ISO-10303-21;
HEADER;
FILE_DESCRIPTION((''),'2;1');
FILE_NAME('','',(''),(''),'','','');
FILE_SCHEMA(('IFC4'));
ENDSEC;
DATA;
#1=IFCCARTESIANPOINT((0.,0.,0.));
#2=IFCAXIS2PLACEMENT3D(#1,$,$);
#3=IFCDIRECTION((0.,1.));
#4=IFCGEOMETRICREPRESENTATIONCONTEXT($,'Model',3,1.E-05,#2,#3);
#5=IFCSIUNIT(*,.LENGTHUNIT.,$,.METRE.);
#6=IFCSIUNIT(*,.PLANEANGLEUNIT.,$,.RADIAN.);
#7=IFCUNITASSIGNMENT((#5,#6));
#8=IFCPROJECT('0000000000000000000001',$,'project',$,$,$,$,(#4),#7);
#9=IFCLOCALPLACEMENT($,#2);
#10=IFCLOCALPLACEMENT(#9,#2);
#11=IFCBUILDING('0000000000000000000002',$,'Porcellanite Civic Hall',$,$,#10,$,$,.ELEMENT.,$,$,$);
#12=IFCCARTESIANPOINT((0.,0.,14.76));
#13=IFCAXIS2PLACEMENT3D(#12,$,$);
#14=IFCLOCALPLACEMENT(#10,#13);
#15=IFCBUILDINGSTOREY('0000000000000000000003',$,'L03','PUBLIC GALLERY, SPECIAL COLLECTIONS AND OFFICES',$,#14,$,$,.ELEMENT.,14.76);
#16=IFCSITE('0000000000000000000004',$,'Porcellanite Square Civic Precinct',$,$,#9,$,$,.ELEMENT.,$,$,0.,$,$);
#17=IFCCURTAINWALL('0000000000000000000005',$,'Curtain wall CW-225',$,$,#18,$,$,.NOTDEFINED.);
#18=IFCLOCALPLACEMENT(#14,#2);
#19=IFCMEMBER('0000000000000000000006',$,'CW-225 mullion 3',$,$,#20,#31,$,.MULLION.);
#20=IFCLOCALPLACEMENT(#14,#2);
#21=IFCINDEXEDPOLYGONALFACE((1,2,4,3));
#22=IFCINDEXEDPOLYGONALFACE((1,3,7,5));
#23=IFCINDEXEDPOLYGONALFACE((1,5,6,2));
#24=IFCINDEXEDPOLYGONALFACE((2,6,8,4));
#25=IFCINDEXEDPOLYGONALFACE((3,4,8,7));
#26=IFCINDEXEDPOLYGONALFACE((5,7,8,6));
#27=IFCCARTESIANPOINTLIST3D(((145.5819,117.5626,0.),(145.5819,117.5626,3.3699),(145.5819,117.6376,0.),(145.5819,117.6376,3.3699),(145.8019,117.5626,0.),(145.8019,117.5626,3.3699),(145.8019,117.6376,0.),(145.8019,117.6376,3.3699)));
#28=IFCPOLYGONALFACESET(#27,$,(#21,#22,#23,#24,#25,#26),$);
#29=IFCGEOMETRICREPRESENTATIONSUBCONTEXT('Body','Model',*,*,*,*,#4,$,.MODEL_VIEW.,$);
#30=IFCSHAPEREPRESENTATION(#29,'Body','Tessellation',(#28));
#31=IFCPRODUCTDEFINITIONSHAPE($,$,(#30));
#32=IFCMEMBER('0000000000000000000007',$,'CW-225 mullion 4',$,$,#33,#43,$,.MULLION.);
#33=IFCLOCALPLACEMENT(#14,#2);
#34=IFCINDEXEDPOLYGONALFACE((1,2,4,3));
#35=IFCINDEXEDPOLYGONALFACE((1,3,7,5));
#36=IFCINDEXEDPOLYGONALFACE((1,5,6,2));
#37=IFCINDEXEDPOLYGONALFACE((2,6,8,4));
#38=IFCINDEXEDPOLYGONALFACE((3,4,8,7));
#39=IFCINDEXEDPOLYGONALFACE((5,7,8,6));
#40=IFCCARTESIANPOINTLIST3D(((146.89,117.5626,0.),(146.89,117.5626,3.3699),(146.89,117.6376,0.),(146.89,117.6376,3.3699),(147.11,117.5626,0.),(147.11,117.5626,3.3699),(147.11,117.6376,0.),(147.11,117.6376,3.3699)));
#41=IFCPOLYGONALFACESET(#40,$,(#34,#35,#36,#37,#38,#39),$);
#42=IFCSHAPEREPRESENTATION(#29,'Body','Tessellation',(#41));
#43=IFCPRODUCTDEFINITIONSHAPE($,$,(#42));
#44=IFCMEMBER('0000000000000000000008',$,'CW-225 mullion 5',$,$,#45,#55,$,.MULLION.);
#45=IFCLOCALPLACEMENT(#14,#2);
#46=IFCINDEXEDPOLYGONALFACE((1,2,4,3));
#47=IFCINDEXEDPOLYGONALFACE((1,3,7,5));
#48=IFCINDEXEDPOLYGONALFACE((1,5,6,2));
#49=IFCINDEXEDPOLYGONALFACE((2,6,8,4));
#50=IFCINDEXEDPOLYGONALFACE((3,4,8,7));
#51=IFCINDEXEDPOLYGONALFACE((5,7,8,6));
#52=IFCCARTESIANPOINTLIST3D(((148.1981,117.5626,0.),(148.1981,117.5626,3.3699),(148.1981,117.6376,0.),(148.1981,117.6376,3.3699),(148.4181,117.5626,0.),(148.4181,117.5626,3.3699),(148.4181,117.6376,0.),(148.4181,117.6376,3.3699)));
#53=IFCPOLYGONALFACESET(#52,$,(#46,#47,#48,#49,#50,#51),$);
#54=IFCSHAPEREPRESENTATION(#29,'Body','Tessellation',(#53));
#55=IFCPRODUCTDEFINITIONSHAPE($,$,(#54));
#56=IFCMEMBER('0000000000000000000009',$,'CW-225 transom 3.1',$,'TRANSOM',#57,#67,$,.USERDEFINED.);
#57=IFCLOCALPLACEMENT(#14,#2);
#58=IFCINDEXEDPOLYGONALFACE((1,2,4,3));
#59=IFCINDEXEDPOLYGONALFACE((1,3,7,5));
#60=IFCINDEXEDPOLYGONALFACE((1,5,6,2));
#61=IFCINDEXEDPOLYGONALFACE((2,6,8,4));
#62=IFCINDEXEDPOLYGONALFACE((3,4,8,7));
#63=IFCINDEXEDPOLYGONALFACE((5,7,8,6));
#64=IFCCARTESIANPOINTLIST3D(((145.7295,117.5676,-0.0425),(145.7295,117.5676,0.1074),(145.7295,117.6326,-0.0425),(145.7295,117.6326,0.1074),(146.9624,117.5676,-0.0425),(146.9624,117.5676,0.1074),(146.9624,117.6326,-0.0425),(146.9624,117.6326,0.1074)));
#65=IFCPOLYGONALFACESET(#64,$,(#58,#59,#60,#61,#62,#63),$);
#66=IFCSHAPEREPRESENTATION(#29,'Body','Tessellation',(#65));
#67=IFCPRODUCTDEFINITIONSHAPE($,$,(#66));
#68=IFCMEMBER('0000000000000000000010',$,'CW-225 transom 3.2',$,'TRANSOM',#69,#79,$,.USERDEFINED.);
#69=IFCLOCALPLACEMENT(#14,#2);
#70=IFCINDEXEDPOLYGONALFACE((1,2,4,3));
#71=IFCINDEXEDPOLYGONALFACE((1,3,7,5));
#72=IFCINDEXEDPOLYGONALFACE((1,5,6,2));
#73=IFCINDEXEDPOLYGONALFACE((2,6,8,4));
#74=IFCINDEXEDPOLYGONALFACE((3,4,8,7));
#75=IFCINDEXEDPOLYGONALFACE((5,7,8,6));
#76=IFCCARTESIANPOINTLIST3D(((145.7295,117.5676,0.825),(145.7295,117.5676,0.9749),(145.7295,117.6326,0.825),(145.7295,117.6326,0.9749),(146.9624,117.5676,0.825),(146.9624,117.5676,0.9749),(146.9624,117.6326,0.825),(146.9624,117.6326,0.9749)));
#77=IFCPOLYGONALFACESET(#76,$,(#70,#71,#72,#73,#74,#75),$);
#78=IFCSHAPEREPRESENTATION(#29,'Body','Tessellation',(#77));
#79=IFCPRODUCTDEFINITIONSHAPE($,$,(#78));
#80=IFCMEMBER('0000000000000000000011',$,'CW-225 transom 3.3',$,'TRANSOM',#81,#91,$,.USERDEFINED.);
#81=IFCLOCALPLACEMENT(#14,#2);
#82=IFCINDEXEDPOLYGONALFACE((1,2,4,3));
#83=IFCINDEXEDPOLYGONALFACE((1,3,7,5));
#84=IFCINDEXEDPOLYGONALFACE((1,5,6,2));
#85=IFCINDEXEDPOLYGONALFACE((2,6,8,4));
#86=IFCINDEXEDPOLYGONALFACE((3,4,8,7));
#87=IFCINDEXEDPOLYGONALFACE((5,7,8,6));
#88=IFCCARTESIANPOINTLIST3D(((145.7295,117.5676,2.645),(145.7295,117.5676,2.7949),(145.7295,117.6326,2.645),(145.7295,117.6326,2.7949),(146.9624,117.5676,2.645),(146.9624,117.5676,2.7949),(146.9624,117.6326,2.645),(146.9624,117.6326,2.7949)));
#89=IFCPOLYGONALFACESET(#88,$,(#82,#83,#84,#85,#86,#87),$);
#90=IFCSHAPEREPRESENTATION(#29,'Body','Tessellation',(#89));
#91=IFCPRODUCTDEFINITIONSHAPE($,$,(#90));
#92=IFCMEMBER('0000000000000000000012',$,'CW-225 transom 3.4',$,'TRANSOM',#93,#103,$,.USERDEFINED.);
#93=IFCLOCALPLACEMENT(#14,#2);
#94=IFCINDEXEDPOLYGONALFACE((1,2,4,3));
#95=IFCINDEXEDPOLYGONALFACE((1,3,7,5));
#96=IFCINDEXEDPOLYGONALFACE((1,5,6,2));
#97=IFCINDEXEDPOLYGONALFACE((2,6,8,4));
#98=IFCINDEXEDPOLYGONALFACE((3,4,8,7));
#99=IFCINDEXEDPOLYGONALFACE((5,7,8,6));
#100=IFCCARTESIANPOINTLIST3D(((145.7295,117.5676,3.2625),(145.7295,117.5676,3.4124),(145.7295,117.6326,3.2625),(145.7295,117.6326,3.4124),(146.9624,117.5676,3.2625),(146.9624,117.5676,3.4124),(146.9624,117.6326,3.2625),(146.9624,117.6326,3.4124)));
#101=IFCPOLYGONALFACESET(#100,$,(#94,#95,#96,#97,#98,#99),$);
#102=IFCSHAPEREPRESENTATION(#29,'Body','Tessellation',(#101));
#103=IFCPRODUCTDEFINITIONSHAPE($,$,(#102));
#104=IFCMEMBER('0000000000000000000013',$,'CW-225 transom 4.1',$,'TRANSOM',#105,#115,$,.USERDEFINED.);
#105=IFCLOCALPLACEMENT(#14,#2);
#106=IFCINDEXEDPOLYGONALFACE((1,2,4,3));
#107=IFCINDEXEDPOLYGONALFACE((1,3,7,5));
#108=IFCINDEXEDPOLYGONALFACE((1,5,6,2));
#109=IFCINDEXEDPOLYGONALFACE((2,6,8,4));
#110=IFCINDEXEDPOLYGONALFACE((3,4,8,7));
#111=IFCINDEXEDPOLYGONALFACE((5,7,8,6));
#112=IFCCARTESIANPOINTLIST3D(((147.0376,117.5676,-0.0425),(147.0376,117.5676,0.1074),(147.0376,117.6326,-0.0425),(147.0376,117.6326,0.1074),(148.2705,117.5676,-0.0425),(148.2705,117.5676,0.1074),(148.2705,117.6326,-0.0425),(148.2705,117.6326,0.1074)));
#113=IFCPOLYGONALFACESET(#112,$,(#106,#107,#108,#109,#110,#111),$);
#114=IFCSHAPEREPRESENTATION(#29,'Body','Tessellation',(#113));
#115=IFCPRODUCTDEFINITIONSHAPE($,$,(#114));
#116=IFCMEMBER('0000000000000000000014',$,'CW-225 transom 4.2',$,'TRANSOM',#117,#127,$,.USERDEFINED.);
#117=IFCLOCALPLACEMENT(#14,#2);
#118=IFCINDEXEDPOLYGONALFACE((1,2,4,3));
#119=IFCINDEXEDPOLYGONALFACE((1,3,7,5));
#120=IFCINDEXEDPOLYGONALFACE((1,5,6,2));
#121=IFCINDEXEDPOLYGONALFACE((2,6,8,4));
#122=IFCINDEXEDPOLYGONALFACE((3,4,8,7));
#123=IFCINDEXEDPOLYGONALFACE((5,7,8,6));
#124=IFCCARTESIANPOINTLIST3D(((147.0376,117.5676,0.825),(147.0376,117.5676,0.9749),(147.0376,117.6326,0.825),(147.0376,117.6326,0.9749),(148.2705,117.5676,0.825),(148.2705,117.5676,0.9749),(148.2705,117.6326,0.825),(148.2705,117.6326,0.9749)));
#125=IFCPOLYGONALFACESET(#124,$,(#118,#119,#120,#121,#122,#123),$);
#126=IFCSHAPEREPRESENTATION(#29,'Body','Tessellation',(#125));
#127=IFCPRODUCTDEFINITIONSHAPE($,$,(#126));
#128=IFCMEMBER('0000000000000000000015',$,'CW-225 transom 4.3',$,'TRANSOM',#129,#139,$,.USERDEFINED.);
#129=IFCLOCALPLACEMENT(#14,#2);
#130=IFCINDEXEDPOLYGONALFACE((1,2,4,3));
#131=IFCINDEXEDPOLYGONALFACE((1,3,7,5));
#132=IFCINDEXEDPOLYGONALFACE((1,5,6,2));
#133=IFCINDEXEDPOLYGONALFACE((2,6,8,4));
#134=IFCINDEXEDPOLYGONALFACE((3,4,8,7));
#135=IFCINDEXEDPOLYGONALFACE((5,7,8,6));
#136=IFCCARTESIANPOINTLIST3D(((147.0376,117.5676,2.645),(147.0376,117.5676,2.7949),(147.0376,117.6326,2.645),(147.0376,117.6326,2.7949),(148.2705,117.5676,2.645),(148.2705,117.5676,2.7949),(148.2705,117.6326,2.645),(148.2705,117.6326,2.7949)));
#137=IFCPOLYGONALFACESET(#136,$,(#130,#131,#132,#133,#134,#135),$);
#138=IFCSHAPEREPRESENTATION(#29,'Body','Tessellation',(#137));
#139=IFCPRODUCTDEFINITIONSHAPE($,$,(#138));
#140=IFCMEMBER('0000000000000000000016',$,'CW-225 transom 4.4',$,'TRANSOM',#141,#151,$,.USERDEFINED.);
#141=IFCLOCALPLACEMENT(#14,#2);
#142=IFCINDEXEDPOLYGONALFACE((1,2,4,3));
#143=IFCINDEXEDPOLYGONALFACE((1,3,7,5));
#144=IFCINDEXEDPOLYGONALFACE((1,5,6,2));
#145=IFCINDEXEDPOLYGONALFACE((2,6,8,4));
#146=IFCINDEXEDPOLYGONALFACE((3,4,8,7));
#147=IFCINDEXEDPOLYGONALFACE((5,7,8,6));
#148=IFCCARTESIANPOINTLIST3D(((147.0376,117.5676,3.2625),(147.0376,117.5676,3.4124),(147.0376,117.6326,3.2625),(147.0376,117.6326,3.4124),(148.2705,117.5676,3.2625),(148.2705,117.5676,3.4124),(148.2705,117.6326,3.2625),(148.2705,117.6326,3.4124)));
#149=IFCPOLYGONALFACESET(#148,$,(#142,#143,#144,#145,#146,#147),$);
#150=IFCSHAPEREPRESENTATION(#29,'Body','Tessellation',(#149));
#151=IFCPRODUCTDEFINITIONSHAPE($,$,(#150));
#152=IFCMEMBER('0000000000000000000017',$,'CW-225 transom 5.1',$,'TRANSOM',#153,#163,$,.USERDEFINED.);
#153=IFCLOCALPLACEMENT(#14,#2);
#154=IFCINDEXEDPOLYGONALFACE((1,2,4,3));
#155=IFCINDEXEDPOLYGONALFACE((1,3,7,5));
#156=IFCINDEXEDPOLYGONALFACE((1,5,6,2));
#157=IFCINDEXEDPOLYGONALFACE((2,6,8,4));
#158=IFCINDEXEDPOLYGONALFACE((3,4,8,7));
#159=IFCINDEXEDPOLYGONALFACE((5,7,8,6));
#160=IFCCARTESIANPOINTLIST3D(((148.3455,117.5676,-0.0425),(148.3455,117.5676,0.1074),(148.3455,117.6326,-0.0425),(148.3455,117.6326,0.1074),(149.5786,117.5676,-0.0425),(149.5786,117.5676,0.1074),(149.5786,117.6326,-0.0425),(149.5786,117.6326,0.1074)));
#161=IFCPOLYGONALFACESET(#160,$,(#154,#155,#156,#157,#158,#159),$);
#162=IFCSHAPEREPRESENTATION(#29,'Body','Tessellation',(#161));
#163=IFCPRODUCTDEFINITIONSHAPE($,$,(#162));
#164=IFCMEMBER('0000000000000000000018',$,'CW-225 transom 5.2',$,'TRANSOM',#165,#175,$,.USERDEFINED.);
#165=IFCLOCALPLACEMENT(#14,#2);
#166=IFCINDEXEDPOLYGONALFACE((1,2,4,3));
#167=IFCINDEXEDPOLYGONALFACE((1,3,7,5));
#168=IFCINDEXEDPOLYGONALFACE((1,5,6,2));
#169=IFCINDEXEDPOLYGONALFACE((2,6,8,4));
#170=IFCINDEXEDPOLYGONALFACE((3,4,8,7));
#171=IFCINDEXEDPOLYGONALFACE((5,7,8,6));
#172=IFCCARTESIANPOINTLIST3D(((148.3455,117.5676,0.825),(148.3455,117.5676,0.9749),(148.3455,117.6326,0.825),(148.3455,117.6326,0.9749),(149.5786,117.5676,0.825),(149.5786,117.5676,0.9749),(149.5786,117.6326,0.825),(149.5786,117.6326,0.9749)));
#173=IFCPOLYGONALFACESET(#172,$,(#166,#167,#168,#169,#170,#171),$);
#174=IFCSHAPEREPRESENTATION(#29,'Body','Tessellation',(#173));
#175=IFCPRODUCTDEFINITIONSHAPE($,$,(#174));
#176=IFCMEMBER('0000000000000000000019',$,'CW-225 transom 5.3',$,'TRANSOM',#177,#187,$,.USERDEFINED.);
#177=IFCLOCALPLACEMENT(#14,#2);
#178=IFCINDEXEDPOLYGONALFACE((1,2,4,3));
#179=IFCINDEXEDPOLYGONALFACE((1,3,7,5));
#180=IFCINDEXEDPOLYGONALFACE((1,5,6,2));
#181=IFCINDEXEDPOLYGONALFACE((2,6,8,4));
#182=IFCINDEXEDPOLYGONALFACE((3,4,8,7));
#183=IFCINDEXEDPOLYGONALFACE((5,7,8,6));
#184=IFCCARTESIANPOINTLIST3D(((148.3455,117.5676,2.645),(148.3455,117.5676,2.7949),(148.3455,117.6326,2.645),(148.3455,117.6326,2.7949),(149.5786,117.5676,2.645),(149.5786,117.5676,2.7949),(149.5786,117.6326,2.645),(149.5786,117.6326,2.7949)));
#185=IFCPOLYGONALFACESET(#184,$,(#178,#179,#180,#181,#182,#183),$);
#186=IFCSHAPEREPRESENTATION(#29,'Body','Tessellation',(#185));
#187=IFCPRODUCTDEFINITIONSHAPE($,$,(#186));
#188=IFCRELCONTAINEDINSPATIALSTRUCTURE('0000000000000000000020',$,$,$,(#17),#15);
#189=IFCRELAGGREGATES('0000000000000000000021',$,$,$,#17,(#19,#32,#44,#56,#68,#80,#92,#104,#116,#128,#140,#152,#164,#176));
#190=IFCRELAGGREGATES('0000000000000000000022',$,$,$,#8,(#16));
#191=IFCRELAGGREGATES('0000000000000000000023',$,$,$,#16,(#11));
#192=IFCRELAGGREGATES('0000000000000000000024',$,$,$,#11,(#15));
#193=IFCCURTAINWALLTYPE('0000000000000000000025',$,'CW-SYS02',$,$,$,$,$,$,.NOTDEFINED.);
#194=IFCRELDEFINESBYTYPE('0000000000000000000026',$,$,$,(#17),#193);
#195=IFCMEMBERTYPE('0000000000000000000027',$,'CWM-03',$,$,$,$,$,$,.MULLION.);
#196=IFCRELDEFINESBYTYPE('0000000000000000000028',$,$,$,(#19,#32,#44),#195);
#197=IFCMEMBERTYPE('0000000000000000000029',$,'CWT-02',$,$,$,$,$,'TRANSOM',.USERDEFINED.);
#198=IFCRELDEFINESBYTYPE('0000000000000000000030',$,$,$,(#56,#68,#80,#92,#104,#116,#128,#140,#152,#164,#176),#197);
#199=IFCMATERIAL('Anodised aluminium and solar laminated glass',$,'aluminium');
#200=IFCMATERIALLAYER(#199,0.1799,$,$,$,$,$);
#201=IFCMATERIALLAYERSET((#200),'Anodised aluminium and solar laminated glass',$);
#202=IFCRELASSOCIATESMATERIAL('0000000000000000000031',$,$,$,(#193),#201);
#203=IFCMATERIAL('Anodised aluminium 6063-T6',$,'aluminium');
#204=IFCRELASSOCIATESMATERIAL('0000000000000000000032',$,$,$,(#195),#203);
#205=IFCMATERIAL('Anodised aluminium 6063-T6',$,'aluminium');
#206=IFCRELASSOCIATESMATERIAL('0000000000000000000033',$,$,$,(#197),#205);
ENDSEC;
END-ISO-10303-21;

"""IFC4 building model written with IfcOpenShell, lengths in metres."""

from ifc_helpers import new_model, si_unit, direction, frame, origin, origin_2d, place, context, subcontext, project, spatial, rectangle, extrude, material, layer, layer_set, material_profile, profile_set, type_object, element, aggregate, save


model = new_model("IFC4")

# Units and contexts
model_context = context("Model", 3, precision=1e-05, world=origin(), true_north=direction((0.0, 1.0)))
body_context = subcontext(model_context, "Body", "Model", "MODEL_VIEW")
ifc_project = project(units=[si_unit("LENGTHUNIT", "METRE"), si_unit("PLANEANGLEUNIT", "RADIAN")], contexts=[model_context])

# Site, building, storey
site_placement = place(None, origin())
site = spatial("IfcSite", under=ifc_project, at=site_placement, Name="Porcellanite Square Civic Precinct", CompositionType="ELEMENT", RefElevation=0.0)
building_placement = place(site_placement, origin())
building = spatial("IfcBuilding", under=site, at=building_placement, Name="Porcellanite Civic Hall", CompositionType="ELEMENT")
storey_placement = place(building_placement, frame((0.0, 0.0, 14.76)))
storey = spatial("IfcBuildingStorey", under=building, at=storey_placement, Name="L03", Description="PUBLIC GALLERY, SPECIAL COLLECTIONS AND OFFICES", CompositionType="ELEMENT", Elevation=14.76)

# Curtain wall, members
ifc_material_1 = material(Name="Anodised aluminium and solar laminated glass", Category="aluminium")
ifc_layer_1 = layer(ifc_material_1, 0.1799)
ifc_layer_set_1 = layer_set([ifc_layer_1], Name="Anodised aluminium and solar laminated glass")
curtain_wall_type = type_object("IfcCurtainWallType", Name="CW-SYS02", PredefinedType="NOTDEFINED", material=ifc_layer_set_1)
curtain_wall_placement = place(storey_placement, origin())
curtain_wall = element("IfcCurtainWall", 1, at=curtain_wall_placement, inside=storey, type_object=curtain_wall_type, Name="Curtain wall CW-225", PredefinedType="NOTDEFINED")
ifc_material_2 = material(Name="Anodised aluminium 6063-T6", Category="aluminium")
ifc_material_profile_1 = material_profile(ifc_material_2, rectangle(XDim=0.075, YDim=0.22, at=origin_2d()), Name="AL-75x220")
ifc_profile_set_1 = profile_set([ifc_material_profile_1], Name="Anodised aluminium 6063-T6")
member_type_1 = type_object("IfcMemberType", Name="CWM-03", PredefinedType="MULLION", material=ifc_profile_set_1)
member_1_placement = place(storey_placement, frame((145.6919, 117.6001, 0.0), z_axis=(0.0, 0.0, 1.0), x_axis=(0.0, 1.0, 0.0)))
member_1 = element("IfcMember", 2, at=member_1_placement, type_object=member_type_1, Name="CW-225 mullion 3", PredefinedType="MULLION", context=body_context, shape_type="SweptSolid", body=[
    extrude(rectangle(XDim=0.075, YDim=0.22, at=origin_2d()), origin(), (0.0, 0.0, 1.0), 3.3699),
])
member_2_placement = place(storey_placement, frame((147.0, 117.6001, 0.0), z_axis=(0.0, 0.0, 1.0), x_axis=(0.0, 1.0, 0.0)))
member_2 = element("IfcMember", 3, at=member_2_placement, type_object=member_type_1, Name="CW-225 mullion 4", PredefinedType="MULLION", context=body_context, shape_type="SweptSolid", body=[
    extrude(rectangle(XDim=0.075, YDim=0.22, at=origin_2d()), origin(), (0.0, 0.0, 1.0), 3.3699),
])
member_3_placement = place(storey_placement, frame((148.3081, 117.6001, 0.0), z_axis=(0.0, 0.0, 1.0), x_axis=(0.0, 1.0, 0.0)))
member_3 = element("IfcMember", 4, at=member_3_placement, type_object=member_type_1, Name="CW-225 mullion 5", PredefinedType="MULLION", context=body_context, shape_type="SweptSolid", body=[
    extrude(rectangle(XDim=0.075, YDim=0.22, at=origin_2d()), origin(), (0.0, 0.0, 1.0), 3.3699),
])
ifc_material_3 = material(Name="Anodised aluminium 6063-T6", Category="aluminium")
ifc_material_profile_2 = material_profile(ifc_material_3, rectangle(XDim=0.0649, YDim=0.1499, at=origin_2d()), Name="AL-65x150")
ifc_profile_set_2 = profile_set([ifc_material_profile_2], Name="Anodised aluminium 6063-T6")
member_type_2 = type_object("IfcMemberType", Name="CWT-02", ElementType="TRANSOM", PredefinedType="USERDEFINED", material=ifc_profile_set_2)
member_4_placement = place(storey_placement, frame((145.7295, 117.6001, 0.0325), z_axis=(1.0, 0.0, 0.0), x_axis=(0.0, 1.0, 0.0)))
member_4 = element("IfcMember", 5, at=member_4_placement, type_object=member_type_2, Name="CW-225 transom 3.1", ObjectType="TRANSOM", PredefinedType="USERDEFINED", context=body_context, shape_type="SweptSolid", body=[
    extrude(rectangle(XDim=0.0649, YDim=0.1499, at=origin_2d()), origin(), (0.0, 0.0, 1.0), 1.2329),
])
member_5_placement = place(storey_placement, frame((145.7295, 117.6001, 0.8999), z_axis=(1.0, 0.0, 0.0), x_axis=(0.0, 1.0, 0.0)))
member_5 = element("IfcMember", 6, at=member_5_placement, type_object=member_type_2, Name="CW-225 transom 3.2", ObjectType="TRANSOM", PredefinedType="USERDEFINED", context=body_context, shape_type="SweptSolid", body=[
    extrude(rectangle(XDim=0.0649, YDim=0.1499, at=origin_2d()), origin(), (0.0, 0.0, 1.0), 1.2329),
])
member_6_placement = place(storey_placement, frame((145.7295, 117.6001, 2.72), z_axis=(1.0, 0.0, 0.0), x_axis=(0.0, 1.0, 0.0)))
member_6 = element("IfcMember", 7, at=member_6_placement, type_object=member_type_2, Name="CW-225 transom 3.3", ObjectType="TRANSOM", PredefinedType="USERDEFINED", context=body_context, shape_type="SweptSolid", body=[
    extrude(rectangle(XDim=0.0649, YDim=0.1499, at=origin_2d()), origin(), (0.0, 0.0, 1.0), 1.2329),
])
member_7_placement = place(storey_placement, frame((145.7295, 117.6001, 3.3374), z_axis=(1.0, 0.0, 0.0), x_axis=(0.0, 1.0, 0.0)))
member_7 = element("IfcMember", 8, at=member_7_placement, type_object=member_type_2, Name="CW-225 transom 3.4", ObjectType="TRANSOM", PredefinedType="USERDEFINED", context=body_context, shape_type="SweptSolid", body=[
    extrude(rectangle(XDim=0.0649, YDim=0.1499, at=origin_2d()), origin(), (0.0, 0.0, 1.0), 1.2329),
])
member_8_placement = place(storey_placement, frame((147.0376, 117.6001, 0.0325), z_axis=(1.0, 0.0, 0.0), x_axis=(0.0, 1.0, 0.0)))
member_8 = element("IfcMember", 9, at=member_8_placement, type_object=member_type_2, Name="CW-225 transom 4.1", ObjectType="TRANSOM", PredefinedType="USERDEFINED", context=body_context, shape_type="SweptSolid", body=[
    extrude(rectangle(XDim=0.0649, YDim=0.1499, at=origin_2d()), origin(), (0.0, 0.0, 1.0), 1.2329),
])
member_9_placement = place(storey_placement, frame((147.0376, 117.6001, 0.8999), z_axis=(1.0, 0.0, 0.0), x_axis=(0.0, 1.0, 0.0)))
member_9 = element("IfcMember", 10, at=member_9_placement, type_object=member_type_2, Name="CW-225 transom 4.2", ObjectType="TRANSOM", PredefinedType="USERDEFINED", context=body_context, shape_type="SweptSolid", body=[
    extrude(rectangle(XDim=0.0649, YDim=0.1499, at=origin_2d()), origin(), (0.0, 0.0, 1.0), 1.2329),
])
member_10_placement = place(storey_placement, frame((147.0376, 117.6001, 2.72), z_axis=(1.0, 0.0, 0.0), x_axis=(0.0, 1.0, 0.0)))
member_10 = element("IfcMember", 11, at=member_10_placement, type_object=member_type_2, Name="CW-225 transom 4.3", ObjectType="TRANSOM", PredefinedType="USERDEFINED", context=body_context, shape_type="SweptSolid", body=[
    extrude(rectangle(XDim=0.0649, YDim=0.1499, at=origin_2d()), origin(), (0.0, 0.0, 1.0), 1.2329),
])
member_11_placement = place(storey_placement, frame((147.0376, 117.6001, 3.3374), z_axis=(1.0, 0.0, 0.0), x_axis=(0.0, 1.0, 0.0)))
member_11 = element("IfcMember", 12, at=member_11_placement, type_object=member_type_2, Name="CW-225 transom 4.4", ObjectType="TRANSOM", PredefinedType="USERDEFINED", context=body_context, shape_type="SweptSolid", body=[
    extrude(rectangle(XDim=0.0649, YDim=0.1499, at=origin_2d()), origin(), (0.0, 0.0, 1.0), 1.2329),
])
member_12_placement = place(storey_placement, frame((148.3455, 117.6001, 0.0325), z_axis=(1.0, 0.0, 0.0), x_axis=(0.0, 1.0, 0.0)))
member_12 = element("IfcMember", 13, at=member_12_placement, type_object=member_type_2, Name="CW-225 transom 5.1", ObjectType="TRANSOM", PredefinedType="USERDEFINED", context=body_context, shape_type="SweptSolid", body=[
    extrude(rectangle(XDim=0.0649, YDim=0.1499, at=origin_2d()), origin(), (0.0, 0.0, 1.0), 1.2332),
])
member_13_placement = place(storey_placement, frame((148.3455, 117.6001, 0.8999), z_axis=(1.0, 0.0, 0.0), x_axis=(0.0, 1.0, 0.0)))
member_13 = element("IfcMember", 14, at=member_13_placement, type_object=member_type_2, Name="CW-225 transom 5.2", ObjectType="TRANSOM", PredefinedType="USERDEFINED", context=body_context, shape_type="SweptSolid", body=[
    extrude(rectangle(XDim=0.0649, YDim=0.1499, at=origin_2d()), origin(), (0.0, 0.0, 1.0), 1.2332),
])
member_14_placement = place(storey_placement, frame((148.3455, 117.6001, 2.72), z_axis=(1.0, 0.0, 0.0), x_axis=(0.0, 1.0, 0.0)))
member_14 = element("IfcMember", 15, at=member_14_placement, type_object=member_type_2, Name="CW-225 transom 5.3", ObjectType="TRANSOM", PredefinedType="USERDEFINED", context=body_context, shape_type="SweptSolid", body=[
    extrude(rectangle(XDim=0.0649, YDim=0.1499, at=origin_2d()), origin(), (0.0, 0.0, 1.0), 1.2332),
])
aggregate(curtain_wall, [member_1, member_2, member_3, member_4, member_5, member_6, member_7, member_8, member_9, member_10, member_11, member_12, member_13, member_14])

save(model, "model.ifc")
